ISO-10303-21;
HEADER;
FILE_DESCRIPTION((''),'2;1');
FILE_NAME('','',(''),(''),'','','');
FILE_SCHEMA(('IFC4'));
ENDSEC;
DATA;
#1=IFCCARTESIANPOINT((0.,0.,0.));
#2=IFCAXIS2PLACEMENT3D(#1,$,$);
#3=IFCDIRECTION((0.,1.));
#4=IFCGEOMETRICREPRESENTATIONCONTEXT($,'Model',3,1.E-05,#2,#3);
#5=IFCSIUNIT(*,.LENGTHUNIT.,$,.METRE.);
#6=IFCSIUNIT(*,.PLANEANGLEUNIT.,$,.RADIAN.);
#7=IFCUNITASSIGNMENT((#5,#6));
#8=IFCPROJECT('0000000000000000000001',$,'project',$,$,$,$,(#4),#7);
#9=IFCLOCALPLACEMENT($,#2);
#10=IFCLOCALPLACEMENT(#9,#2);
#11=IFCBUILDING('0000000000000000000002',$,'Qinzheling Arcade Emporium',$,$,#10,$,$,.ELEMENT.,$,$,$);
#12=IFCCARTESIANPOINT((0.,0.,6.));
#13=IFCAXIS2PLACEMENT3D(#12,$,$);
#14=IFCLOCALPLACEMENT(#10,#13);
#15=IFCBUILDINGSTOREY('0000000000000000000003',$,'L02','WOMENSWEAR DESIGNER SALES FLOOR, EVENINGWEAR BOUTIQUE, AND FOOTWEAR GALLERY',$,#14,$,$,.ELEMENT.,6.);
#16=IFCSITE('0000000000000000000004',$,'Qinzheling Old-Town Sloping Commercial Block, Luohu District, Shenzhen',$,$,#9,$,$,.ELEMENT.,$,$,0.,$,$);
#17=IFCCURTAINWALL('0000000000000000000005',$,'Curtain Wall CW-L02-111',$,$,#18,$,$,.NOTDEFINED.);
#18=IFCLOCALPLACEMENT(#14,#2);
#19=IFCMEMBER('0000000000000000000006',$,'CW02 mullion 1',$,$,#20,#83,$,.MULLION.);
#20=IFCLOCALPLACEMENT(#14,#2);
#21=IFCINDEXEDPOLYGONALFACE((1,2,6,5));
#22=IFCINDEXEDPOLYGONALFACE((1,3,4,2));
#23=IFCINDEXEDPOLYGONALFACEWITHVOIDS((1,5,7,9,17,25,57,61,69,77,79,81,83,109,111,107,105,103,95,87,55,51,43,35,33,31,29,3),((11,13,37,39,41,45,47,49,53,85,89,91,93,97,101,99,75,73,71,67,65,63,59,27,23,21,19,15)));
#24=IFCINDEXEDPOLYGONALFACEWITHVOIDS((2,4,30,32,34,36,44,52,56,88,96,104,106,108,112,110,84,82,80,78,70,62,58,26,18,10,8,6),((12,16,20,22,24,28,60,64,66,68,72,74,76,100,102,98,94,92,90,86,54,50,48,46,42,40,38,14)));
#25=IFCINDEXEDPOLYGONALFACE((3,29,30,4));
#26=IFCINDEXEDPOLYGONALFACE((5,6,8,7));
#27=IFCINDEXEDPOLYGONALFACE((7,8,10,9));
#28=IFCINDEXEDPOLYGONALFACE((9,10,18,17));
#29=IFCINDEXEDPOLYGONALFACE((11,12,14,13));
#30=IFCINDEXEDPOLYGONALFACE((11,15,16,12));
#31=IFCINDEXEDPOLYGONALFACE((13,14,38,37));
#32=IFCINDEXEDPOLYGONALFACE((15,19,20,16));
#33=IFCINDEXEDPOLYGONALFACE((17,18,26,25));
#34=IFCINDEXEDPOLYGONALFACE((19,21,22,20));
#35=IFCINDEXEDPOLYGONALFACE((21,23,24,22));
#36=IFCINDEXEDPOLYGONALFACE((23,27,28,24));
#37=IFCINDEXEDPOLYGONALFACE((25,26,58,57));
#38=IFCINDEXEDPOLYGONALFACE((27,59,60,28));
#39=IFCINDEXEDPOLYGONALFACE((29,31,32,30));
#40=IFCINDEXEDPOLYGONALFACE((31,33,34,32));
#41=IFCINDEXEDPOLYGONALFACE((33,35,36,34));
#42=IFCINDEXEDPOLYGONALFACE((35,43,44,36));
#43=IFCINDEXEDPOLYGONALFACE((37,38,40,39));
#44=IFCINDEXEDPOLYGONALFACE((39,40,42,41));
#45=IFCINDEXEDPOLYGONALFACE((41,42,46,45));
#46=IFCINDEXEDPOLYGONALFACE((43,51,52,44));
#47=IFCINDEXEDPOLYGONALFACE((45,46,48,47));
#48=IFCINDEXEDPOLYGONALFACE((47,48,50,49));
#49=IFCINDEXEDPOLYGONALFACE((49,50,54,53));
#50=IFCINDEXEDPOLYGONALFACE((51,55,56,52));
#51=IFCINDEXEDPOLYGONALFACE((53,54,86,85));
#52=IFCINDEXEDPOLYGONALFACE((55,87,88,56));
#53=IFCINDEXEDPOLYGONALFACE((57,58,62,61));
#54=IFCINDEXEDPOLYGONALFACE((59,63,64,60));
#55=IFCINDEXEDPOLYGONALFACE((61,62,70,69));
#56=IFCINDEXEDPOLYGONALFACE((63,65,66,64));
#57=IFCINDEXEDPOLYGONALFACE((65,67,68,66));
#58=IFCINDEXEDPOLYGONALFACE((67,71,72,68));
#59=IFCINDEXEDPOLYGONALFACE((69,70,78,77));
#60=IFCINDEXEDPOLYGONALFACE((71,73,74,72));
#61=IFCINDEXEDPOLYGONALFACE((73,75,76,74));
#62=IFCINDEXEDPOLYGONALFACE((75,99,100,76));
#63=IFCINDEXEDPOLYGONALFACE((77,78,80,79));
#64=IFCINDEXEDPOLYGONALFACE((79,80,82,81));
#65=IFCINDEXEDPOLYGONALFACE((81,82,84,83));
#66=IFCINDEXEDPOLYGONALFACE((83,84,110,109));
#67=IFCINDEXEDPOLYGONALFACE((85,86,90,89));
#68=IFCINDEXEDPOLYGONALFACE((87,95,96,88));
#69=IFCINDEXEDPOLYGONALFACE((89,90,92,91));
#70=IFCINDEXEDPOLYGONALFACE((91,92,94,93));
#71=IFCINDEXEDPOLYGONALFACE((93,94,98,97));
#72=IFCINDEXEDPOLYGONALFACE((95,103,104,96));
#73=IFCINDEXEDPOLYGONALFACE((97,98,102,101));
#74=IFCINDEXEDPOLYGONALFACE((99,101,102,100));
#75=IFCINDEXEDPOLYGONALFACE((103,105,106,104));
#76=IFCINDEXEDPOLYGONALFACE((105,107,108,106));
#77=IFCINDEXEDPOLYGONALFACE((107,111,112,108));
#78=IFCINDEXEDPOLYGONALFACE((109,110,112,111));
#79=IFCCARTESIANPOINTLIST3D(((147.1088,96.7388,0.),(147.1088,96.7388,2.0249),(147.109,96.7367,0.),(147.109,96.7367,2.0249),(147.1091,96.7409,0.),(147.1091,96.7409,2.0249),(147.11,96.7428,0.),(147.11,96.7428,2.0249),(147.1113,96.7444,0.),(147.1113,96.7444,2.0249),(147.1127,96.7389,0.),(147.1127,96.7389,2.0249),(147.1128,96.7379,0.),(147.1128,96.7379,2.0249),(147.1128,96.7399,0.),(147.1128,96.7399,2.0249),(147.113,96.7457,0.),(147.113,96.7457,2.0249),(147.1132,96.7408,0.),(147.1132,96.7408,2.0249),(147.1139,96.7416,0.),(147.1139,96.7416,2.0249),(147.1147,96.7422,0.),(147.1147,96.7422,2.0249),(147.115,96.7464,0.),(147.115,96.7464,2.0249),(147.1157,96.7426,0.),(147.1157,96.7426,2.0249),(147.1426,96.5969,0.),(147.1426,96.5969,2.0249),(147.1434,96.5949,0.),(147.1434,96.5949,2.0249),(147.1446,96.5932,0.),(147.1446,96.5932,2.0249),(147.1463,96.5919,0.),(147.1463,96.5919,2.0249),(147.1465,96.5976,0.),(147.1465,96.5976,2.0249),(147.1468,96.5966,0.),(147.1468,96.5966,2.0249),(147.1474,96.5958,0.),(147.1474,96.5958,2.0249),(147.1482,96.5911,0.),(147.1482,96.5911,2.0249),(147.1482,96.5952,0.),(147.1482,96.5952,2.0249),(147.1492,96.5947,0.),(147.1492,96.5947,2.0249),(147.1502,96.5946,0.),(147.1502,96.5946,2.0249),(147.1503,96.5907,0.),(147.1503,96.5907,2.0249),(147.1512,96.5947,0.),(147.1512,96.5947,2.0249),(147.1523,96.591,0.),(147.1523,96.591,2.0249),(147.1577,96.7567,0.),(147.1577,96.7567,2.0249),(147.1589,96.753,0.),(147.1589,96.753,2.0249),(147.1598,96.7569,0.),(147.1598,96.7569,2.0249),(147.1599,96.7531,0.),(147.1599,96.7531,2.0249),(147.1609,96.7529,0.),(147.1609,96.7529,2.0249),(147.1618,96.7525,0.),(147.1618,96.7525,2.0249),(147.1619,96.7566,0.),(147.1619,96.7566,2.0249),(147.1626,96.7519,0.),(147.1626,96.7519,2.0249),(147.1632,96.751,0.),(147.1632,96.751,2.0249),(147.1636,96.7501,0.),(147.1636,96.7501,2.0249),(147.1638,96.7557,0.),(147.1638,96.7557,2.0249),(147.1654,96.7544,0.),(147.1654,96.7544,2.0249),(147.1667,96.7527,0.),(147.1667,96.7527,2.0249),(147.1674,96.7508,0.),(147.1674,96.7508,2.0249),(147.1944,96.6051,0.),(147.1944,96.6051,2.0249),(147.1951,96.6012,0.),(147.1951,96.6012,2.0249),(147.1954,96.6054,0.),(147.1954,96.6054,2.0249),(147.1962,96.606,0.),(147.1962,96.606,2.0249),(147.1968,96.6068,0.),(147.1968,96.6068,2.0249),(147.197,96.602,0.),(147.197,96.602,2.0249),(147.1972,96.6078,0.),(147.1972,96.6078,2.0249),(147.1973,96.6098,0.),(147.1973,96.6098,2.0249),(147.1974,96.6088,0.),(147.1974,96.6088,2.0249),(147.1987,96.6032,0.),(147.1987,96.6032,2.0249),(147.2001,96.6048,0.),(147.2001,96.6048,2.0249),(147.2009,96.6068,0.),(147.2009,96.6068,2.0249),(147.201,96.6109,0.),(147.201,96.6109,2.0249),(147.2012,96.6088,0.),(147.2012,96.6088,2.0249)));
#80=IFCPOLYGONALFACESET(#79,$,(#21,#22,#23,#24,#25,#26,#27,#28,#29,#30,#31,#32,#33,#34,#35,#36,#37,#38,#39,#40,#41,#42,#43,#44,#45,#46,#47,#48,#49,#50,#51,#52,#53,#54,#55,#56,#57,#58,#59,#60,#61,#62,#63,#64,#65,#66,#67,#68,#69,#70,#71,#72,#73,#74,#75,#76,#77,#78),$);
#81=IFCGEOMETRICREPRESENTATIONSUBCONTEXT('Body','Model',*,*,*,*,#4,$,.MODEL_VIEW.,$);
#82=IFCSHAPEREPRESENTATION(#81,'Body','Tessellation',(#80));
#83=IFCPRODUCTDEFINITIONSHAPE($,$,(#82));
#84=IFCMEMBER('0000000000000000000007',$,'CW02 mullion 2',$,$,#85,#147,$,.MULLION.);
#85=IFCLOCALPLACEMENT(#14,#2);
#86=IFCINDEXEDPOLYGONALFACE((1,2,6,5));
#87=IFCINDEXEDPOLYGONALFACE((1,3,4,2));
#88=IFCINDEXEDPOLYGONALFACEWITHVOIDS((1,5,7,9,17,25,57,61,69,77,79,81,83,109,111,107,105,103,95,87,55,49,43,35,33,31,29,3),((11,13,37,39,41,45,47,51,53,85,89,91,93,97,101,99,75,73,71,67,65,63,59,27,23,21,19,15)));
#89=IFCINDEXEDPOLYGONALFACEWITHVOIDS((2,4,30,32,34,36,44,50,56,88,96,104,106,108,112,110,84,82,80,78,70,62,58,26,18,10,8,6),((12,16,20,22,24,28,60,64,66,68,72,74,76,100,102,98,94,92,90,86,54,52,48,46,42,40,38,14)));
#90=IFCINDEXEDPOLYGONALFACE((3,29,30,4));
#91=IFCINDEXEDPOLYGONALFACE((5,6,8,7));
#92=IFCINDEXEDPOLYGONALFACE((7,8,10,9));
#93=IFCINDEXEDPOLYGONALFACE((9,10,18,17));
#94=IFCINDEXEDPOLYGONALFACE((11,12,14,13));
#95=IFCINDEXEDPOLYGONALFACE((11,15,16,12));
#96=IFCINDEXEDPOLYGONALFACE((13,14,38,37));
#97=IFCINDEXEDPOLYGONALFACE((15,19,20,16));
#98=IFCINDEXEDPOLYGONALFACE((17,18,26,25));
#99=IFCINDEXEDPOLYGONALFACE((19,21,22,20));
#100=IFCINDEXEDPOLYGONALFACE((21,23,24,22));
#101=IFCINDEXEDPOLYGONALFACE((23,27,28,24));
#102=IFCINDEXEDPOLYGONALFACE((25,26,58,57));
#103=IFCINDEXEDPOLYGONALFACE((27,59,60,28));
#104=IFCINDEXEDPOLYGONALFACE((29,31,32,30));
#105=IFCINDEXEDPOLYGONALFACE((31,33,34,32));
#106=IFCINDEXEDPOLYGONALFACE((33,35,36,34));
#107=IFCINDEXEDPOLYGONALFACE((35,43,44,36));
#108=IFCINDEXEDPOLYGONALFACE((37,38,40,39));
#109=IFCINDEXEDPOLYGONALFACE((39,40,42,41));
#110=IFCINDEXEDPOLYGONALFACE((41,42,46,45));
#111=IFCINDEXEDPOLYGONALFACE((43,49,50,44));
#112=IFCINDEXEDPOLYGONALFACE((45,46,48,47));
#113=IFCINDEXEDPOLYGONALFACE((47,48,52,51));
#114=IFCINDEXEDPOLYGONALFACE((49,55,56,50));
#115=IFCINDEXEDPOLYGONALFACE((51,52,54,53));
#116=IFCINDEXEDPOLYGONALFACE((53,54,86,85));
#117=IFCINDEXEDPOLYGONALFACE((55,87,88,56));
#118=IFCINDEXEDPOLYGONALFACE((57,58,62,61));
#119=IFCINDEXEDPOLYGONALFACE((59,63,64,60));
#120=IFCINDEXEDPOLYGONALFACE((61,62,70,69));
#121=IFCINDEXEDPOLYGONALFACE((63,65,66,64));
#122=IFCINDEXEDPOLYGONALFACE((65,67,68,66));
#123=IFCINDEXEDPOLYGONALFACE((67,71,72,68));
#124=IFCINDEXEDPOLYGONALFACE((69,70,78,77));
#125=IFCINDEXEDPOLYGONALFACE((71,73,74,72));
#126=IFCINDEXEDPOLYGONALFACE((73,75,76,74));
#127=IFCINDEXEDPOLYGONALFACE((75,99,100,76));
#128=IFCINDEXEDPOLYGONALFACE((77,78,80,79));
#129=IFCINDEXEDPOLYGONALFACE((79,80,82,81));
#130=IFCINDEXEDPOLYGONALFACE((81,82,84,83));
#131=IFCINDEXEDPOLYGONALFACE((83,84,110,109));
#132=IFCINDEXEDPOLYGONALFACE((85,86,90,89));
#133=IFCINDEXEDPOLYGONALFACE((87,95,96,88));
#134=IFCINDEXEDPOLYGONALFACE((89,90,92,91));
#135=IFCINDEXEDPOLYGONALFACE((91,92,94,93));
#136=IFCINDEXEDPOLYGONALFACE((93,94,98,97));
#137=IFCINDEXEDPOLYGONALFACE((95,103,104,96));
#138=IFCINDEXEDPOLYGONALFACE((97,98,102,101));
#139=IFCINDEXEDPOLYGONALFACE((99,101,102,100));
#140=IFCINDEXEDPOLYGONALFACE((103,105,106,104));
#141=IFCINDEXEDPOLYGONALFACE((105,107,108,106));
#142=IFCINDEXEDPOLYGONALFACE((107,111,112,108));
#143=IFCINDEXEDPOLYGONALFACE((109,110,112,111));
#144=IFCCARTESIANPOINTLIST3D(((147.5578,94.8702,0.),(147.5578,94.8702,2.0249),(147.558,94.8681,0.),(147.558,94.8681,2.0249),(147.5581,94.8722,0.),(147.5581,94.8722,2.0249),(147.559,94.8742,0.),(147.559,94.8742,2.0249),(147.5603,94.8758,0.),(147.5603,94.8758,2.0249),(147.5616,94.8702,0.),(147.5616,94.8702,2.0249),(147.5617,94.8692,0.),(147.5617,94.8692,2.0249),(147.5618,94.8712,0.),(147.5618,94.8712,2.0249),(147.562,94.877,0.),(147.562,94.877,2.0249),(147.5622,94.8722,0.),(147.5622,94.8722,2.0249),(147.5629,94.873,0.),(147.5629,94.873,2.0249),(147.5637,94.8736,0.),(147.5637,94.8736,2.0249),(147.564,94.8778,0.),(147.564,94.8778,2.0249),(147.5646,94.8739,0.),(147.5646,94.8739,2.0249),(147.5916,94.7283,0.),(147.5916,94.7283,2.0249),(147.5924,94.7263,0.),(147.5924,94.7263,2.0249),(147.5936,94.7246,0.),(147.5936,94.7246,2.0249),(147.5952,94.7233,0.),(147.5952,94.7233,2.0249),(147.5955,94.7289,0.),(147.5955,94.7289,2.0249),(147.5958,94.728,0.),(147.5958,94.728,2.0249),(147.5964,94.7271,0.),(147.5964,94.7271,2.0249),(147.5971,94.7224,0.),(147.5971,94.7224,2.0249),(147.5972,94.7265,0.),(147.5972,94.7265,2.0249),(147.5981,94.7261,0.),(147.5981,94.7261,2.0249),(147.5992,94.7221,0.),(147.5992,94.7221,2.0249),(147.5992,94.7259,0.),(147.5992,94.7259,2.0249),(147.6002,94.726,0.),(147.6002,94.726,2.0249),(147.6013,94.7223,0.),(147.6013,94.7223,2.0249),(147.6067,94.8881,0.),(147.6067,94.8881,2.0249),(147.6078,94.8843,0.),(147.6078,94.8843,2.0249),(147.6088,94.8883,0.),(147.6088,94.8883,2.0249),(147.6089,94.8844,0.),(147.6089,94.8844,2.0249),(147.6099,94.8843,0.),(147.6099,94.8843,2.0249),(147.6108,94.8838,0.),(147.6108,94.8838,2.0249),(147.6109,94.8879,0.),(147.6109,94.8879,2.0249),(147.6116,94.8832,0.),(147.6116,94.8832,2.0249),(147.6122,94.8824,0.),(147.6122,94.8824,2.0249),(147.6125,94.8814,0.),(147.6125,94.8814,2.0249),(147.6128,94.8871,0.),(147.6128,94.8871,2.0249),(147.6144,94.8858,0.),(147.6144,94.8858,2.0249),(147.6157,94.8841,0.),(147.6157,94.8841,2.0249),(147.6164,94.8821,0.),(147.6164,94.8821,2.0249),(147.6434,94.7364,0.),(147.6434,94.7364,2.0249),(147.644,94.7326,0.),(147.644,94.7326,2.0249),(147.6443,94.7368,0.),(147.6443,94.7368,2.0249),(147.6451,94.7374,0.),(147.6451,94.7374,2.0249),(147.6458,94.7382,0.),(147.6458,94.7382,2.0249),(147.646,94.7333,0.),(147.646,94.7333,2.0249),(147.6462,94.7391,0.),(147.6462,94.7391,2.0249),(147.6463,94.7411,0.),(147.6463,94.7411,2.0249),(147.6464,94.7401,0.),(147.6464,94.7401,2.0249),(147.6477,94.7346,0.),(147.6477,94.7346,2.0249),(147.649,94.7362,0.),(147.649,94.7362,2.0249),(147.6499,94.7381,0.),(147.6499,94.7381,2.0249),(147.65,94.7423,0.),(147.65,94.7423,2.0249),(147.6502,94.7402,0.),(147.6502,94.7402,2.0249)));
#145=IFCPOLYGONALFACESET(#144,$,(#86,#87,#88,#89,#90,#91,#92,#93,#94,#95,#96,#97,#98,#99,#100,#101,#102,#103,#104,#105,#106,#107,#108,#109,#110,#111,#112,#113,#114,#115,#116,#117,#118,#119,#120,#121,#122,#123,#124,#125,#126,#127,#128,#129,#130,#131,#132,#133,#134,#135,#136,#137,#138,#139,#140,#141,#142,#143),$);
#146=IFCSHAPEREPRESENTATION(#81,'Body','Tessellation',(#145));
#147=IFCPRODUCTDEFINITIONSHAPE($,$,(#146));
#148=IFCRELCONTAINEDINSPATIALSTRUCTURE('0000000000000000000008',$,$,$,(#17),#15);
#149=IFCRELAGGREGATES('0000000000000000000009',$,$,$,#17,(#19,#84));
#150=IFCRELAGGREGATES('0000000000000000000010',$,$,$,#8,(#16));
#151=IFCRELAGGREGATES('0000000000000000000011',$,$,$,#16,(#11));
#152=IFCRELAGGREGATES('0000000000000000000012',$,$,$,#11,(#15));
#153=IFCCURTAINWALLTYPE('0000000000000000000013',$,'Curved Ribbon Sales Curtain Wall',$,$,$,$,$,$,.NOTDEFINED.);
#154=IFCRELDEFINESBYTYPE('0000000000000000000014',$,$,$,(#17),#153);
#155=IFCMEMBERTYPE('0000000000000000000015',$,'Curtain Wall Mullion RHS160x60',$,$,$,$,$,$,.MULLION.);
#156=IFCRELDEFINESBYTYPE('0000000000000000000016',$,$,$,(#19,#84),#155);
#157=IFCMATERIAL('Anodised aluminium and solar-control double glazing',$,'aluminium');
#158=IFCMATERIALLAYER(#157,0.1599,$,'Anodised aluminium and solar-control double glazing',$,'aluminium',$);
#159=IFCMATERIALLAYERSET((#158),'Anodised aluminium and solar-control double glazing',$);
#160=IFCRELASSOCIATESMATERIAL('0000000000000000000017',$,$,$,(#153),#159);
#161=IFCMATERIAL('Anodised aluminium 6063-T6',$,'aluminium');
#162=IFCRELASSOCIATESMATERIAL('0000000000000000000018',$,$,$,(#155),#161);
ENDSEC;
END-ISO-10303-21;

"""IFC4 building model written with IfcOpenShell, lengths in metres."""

from ifc_helpers import new_model, si_unit, direction, frame, origin, origin_2d, place, context, subcontext, project, spatial, hollow_rectangle, extrude, material, layer, layer_set, material_profile, profile_set, type_object, element, aggregate, save


model = new_model("IFC4")

# Units and contexts
model_context = context("Model", 3, precision=1e-05, world=origin(), true_north=direction((0.0, 1.0)))
body_context = subcontext(model_context, "Body", "Model", "MODEL_VIEW")
ifc_project = project(units=[si_unit("LENGTHUNIT", "METRE"), si_unit("PLANEANGLEUNIT", "RADIAN")], contexts=[model_context])

# Site, building, storey
site_placement = place(None, origin())
site = spatial("IfcSite", under=ifc_project, at=site_placement, Name="Qinzheling Old-Town Sloping Commercial Block, Luohu District, Shenzhen", CompositionType="ELEMENT", RefElevation=0.0)
building_placement = place(site_placement, origin())
building = spatial("IfcBuilding", under=site, at=building_placement, Name="Qinzheling Arcade Emporium", CompositionType="ELEMENT")
storey_placement = place(building_placement, frame((0.0, 0.0, 6.0)))
storey = spatial("IfcBuildingStorey", under=building, at=storey_placement, Name="L02", Description="WOMENSWEAR DESIGNER SALES FLOOR, EVENINGWEAR BOUTIQUE, AND FOOTWEAR GALLERY", CompositionType="ELEMENT", Elevation=6.0)

# Curtain wall, members
ifc_material_1 = material(Name="Anodised aluminium and solar-control double glazing", Category="aluminium")
ifc_layer_1 = layer(ifc_material_1, 0.1599, Name="Anodised aluminium and solar-control double glazing", Category="aluminium")
ifc_layer_set_1 = layer_set([ifc_layer_1], Name="Anodised aluminium and solar-control double glazing")
curtain_wall_type = type_object("IfcCurtainWallType", Name="Curved Ribbon Sales Curtain Wall", PredefinedType="NOTDEFINED", material=ifc_layer_set_1)
curtain_wall_1_placement = place(storey_placement, origin())
curtain_wall_1 = element("IfcCurtainWall", 1, at=curtain_wall_1_placement, inside=storey, type_object=curtain_wall_type, Name="Curtain Wall CW-L02-111", PredefinedType="NOTDEFINED")
ifc_material_2 = material(Name="Anodised aluminium 6063-T6", Category="aluminium")
ifc_material_profile_1 = material_profile(ifc_material_2, hollow_rectangle(XDim=0.0601, YDim=0.1599, WallThickness=0.0039, InnerFilletRadius=0.0039, OuterFilletRadius=0.0081, at=origin_2d()), Name="RHS 160x60x4", Category="aluminium")
ifc_profile_set_1 = profile_set([ifc_material_profile_1], Name="Anodised aluminium 6063-T6")
member_type_1 = type_object("IfcMemberType", Name="Curtain Wall Mullion RHS160x60", PredefinedType="MULLION", material=ifc_profile_set_1)
member_1_placement = place(storey_placement, frame((147.155, 96.6738, 0.0), z_axis=(0.0, 0.0, 1.0), x_axis=(0.972328, 0.233621, 0.0)))
member_1 = element("IfcMember", 2, at=member_1_placement, type_object=member_type_1, Name="CW02 mullion 1", PredefinedType="MULLION", context=body_context, shape_type="SweptSolid", body=[
    extrude(hollow_rectangle(XDim=0.0601, YDim=0.1599, WallThickness=0.0039, InnerFilletRadius=0.0039, OuterFilletRadius=0.0081, at=origin_2d()), origin(), (0.0, 0.0, 1.0), 2.0249),
])
member_2_placement = place(storey_placement, frame((147.604, 94.8052, 0.0), z_axis=(0.0, 0.0, 1.0), x_axis=(0.972328, 0.233621, 0.0)))
member_2 = element("IfcMember", 3, at=member_2_placement, type_object=member_type_1, Name="CW02 mullion 2", PredefinedType="MULLION", context=body_context, shape_type="SweptSolid", body=[
    extrude(hollow_rectangle(XDim=0.0601, YDim=0.1599, WallThickness=0.0039, InnerFilletRadius=0.0039, OuterFilletRadius=0.0081, at=origin_2d()), origin(), (0.0, 0.0, 1.0), 2.0249),
])

aggregate(curtain_wall_1, [member_1, member_2])

save(model, "model.ifc")
